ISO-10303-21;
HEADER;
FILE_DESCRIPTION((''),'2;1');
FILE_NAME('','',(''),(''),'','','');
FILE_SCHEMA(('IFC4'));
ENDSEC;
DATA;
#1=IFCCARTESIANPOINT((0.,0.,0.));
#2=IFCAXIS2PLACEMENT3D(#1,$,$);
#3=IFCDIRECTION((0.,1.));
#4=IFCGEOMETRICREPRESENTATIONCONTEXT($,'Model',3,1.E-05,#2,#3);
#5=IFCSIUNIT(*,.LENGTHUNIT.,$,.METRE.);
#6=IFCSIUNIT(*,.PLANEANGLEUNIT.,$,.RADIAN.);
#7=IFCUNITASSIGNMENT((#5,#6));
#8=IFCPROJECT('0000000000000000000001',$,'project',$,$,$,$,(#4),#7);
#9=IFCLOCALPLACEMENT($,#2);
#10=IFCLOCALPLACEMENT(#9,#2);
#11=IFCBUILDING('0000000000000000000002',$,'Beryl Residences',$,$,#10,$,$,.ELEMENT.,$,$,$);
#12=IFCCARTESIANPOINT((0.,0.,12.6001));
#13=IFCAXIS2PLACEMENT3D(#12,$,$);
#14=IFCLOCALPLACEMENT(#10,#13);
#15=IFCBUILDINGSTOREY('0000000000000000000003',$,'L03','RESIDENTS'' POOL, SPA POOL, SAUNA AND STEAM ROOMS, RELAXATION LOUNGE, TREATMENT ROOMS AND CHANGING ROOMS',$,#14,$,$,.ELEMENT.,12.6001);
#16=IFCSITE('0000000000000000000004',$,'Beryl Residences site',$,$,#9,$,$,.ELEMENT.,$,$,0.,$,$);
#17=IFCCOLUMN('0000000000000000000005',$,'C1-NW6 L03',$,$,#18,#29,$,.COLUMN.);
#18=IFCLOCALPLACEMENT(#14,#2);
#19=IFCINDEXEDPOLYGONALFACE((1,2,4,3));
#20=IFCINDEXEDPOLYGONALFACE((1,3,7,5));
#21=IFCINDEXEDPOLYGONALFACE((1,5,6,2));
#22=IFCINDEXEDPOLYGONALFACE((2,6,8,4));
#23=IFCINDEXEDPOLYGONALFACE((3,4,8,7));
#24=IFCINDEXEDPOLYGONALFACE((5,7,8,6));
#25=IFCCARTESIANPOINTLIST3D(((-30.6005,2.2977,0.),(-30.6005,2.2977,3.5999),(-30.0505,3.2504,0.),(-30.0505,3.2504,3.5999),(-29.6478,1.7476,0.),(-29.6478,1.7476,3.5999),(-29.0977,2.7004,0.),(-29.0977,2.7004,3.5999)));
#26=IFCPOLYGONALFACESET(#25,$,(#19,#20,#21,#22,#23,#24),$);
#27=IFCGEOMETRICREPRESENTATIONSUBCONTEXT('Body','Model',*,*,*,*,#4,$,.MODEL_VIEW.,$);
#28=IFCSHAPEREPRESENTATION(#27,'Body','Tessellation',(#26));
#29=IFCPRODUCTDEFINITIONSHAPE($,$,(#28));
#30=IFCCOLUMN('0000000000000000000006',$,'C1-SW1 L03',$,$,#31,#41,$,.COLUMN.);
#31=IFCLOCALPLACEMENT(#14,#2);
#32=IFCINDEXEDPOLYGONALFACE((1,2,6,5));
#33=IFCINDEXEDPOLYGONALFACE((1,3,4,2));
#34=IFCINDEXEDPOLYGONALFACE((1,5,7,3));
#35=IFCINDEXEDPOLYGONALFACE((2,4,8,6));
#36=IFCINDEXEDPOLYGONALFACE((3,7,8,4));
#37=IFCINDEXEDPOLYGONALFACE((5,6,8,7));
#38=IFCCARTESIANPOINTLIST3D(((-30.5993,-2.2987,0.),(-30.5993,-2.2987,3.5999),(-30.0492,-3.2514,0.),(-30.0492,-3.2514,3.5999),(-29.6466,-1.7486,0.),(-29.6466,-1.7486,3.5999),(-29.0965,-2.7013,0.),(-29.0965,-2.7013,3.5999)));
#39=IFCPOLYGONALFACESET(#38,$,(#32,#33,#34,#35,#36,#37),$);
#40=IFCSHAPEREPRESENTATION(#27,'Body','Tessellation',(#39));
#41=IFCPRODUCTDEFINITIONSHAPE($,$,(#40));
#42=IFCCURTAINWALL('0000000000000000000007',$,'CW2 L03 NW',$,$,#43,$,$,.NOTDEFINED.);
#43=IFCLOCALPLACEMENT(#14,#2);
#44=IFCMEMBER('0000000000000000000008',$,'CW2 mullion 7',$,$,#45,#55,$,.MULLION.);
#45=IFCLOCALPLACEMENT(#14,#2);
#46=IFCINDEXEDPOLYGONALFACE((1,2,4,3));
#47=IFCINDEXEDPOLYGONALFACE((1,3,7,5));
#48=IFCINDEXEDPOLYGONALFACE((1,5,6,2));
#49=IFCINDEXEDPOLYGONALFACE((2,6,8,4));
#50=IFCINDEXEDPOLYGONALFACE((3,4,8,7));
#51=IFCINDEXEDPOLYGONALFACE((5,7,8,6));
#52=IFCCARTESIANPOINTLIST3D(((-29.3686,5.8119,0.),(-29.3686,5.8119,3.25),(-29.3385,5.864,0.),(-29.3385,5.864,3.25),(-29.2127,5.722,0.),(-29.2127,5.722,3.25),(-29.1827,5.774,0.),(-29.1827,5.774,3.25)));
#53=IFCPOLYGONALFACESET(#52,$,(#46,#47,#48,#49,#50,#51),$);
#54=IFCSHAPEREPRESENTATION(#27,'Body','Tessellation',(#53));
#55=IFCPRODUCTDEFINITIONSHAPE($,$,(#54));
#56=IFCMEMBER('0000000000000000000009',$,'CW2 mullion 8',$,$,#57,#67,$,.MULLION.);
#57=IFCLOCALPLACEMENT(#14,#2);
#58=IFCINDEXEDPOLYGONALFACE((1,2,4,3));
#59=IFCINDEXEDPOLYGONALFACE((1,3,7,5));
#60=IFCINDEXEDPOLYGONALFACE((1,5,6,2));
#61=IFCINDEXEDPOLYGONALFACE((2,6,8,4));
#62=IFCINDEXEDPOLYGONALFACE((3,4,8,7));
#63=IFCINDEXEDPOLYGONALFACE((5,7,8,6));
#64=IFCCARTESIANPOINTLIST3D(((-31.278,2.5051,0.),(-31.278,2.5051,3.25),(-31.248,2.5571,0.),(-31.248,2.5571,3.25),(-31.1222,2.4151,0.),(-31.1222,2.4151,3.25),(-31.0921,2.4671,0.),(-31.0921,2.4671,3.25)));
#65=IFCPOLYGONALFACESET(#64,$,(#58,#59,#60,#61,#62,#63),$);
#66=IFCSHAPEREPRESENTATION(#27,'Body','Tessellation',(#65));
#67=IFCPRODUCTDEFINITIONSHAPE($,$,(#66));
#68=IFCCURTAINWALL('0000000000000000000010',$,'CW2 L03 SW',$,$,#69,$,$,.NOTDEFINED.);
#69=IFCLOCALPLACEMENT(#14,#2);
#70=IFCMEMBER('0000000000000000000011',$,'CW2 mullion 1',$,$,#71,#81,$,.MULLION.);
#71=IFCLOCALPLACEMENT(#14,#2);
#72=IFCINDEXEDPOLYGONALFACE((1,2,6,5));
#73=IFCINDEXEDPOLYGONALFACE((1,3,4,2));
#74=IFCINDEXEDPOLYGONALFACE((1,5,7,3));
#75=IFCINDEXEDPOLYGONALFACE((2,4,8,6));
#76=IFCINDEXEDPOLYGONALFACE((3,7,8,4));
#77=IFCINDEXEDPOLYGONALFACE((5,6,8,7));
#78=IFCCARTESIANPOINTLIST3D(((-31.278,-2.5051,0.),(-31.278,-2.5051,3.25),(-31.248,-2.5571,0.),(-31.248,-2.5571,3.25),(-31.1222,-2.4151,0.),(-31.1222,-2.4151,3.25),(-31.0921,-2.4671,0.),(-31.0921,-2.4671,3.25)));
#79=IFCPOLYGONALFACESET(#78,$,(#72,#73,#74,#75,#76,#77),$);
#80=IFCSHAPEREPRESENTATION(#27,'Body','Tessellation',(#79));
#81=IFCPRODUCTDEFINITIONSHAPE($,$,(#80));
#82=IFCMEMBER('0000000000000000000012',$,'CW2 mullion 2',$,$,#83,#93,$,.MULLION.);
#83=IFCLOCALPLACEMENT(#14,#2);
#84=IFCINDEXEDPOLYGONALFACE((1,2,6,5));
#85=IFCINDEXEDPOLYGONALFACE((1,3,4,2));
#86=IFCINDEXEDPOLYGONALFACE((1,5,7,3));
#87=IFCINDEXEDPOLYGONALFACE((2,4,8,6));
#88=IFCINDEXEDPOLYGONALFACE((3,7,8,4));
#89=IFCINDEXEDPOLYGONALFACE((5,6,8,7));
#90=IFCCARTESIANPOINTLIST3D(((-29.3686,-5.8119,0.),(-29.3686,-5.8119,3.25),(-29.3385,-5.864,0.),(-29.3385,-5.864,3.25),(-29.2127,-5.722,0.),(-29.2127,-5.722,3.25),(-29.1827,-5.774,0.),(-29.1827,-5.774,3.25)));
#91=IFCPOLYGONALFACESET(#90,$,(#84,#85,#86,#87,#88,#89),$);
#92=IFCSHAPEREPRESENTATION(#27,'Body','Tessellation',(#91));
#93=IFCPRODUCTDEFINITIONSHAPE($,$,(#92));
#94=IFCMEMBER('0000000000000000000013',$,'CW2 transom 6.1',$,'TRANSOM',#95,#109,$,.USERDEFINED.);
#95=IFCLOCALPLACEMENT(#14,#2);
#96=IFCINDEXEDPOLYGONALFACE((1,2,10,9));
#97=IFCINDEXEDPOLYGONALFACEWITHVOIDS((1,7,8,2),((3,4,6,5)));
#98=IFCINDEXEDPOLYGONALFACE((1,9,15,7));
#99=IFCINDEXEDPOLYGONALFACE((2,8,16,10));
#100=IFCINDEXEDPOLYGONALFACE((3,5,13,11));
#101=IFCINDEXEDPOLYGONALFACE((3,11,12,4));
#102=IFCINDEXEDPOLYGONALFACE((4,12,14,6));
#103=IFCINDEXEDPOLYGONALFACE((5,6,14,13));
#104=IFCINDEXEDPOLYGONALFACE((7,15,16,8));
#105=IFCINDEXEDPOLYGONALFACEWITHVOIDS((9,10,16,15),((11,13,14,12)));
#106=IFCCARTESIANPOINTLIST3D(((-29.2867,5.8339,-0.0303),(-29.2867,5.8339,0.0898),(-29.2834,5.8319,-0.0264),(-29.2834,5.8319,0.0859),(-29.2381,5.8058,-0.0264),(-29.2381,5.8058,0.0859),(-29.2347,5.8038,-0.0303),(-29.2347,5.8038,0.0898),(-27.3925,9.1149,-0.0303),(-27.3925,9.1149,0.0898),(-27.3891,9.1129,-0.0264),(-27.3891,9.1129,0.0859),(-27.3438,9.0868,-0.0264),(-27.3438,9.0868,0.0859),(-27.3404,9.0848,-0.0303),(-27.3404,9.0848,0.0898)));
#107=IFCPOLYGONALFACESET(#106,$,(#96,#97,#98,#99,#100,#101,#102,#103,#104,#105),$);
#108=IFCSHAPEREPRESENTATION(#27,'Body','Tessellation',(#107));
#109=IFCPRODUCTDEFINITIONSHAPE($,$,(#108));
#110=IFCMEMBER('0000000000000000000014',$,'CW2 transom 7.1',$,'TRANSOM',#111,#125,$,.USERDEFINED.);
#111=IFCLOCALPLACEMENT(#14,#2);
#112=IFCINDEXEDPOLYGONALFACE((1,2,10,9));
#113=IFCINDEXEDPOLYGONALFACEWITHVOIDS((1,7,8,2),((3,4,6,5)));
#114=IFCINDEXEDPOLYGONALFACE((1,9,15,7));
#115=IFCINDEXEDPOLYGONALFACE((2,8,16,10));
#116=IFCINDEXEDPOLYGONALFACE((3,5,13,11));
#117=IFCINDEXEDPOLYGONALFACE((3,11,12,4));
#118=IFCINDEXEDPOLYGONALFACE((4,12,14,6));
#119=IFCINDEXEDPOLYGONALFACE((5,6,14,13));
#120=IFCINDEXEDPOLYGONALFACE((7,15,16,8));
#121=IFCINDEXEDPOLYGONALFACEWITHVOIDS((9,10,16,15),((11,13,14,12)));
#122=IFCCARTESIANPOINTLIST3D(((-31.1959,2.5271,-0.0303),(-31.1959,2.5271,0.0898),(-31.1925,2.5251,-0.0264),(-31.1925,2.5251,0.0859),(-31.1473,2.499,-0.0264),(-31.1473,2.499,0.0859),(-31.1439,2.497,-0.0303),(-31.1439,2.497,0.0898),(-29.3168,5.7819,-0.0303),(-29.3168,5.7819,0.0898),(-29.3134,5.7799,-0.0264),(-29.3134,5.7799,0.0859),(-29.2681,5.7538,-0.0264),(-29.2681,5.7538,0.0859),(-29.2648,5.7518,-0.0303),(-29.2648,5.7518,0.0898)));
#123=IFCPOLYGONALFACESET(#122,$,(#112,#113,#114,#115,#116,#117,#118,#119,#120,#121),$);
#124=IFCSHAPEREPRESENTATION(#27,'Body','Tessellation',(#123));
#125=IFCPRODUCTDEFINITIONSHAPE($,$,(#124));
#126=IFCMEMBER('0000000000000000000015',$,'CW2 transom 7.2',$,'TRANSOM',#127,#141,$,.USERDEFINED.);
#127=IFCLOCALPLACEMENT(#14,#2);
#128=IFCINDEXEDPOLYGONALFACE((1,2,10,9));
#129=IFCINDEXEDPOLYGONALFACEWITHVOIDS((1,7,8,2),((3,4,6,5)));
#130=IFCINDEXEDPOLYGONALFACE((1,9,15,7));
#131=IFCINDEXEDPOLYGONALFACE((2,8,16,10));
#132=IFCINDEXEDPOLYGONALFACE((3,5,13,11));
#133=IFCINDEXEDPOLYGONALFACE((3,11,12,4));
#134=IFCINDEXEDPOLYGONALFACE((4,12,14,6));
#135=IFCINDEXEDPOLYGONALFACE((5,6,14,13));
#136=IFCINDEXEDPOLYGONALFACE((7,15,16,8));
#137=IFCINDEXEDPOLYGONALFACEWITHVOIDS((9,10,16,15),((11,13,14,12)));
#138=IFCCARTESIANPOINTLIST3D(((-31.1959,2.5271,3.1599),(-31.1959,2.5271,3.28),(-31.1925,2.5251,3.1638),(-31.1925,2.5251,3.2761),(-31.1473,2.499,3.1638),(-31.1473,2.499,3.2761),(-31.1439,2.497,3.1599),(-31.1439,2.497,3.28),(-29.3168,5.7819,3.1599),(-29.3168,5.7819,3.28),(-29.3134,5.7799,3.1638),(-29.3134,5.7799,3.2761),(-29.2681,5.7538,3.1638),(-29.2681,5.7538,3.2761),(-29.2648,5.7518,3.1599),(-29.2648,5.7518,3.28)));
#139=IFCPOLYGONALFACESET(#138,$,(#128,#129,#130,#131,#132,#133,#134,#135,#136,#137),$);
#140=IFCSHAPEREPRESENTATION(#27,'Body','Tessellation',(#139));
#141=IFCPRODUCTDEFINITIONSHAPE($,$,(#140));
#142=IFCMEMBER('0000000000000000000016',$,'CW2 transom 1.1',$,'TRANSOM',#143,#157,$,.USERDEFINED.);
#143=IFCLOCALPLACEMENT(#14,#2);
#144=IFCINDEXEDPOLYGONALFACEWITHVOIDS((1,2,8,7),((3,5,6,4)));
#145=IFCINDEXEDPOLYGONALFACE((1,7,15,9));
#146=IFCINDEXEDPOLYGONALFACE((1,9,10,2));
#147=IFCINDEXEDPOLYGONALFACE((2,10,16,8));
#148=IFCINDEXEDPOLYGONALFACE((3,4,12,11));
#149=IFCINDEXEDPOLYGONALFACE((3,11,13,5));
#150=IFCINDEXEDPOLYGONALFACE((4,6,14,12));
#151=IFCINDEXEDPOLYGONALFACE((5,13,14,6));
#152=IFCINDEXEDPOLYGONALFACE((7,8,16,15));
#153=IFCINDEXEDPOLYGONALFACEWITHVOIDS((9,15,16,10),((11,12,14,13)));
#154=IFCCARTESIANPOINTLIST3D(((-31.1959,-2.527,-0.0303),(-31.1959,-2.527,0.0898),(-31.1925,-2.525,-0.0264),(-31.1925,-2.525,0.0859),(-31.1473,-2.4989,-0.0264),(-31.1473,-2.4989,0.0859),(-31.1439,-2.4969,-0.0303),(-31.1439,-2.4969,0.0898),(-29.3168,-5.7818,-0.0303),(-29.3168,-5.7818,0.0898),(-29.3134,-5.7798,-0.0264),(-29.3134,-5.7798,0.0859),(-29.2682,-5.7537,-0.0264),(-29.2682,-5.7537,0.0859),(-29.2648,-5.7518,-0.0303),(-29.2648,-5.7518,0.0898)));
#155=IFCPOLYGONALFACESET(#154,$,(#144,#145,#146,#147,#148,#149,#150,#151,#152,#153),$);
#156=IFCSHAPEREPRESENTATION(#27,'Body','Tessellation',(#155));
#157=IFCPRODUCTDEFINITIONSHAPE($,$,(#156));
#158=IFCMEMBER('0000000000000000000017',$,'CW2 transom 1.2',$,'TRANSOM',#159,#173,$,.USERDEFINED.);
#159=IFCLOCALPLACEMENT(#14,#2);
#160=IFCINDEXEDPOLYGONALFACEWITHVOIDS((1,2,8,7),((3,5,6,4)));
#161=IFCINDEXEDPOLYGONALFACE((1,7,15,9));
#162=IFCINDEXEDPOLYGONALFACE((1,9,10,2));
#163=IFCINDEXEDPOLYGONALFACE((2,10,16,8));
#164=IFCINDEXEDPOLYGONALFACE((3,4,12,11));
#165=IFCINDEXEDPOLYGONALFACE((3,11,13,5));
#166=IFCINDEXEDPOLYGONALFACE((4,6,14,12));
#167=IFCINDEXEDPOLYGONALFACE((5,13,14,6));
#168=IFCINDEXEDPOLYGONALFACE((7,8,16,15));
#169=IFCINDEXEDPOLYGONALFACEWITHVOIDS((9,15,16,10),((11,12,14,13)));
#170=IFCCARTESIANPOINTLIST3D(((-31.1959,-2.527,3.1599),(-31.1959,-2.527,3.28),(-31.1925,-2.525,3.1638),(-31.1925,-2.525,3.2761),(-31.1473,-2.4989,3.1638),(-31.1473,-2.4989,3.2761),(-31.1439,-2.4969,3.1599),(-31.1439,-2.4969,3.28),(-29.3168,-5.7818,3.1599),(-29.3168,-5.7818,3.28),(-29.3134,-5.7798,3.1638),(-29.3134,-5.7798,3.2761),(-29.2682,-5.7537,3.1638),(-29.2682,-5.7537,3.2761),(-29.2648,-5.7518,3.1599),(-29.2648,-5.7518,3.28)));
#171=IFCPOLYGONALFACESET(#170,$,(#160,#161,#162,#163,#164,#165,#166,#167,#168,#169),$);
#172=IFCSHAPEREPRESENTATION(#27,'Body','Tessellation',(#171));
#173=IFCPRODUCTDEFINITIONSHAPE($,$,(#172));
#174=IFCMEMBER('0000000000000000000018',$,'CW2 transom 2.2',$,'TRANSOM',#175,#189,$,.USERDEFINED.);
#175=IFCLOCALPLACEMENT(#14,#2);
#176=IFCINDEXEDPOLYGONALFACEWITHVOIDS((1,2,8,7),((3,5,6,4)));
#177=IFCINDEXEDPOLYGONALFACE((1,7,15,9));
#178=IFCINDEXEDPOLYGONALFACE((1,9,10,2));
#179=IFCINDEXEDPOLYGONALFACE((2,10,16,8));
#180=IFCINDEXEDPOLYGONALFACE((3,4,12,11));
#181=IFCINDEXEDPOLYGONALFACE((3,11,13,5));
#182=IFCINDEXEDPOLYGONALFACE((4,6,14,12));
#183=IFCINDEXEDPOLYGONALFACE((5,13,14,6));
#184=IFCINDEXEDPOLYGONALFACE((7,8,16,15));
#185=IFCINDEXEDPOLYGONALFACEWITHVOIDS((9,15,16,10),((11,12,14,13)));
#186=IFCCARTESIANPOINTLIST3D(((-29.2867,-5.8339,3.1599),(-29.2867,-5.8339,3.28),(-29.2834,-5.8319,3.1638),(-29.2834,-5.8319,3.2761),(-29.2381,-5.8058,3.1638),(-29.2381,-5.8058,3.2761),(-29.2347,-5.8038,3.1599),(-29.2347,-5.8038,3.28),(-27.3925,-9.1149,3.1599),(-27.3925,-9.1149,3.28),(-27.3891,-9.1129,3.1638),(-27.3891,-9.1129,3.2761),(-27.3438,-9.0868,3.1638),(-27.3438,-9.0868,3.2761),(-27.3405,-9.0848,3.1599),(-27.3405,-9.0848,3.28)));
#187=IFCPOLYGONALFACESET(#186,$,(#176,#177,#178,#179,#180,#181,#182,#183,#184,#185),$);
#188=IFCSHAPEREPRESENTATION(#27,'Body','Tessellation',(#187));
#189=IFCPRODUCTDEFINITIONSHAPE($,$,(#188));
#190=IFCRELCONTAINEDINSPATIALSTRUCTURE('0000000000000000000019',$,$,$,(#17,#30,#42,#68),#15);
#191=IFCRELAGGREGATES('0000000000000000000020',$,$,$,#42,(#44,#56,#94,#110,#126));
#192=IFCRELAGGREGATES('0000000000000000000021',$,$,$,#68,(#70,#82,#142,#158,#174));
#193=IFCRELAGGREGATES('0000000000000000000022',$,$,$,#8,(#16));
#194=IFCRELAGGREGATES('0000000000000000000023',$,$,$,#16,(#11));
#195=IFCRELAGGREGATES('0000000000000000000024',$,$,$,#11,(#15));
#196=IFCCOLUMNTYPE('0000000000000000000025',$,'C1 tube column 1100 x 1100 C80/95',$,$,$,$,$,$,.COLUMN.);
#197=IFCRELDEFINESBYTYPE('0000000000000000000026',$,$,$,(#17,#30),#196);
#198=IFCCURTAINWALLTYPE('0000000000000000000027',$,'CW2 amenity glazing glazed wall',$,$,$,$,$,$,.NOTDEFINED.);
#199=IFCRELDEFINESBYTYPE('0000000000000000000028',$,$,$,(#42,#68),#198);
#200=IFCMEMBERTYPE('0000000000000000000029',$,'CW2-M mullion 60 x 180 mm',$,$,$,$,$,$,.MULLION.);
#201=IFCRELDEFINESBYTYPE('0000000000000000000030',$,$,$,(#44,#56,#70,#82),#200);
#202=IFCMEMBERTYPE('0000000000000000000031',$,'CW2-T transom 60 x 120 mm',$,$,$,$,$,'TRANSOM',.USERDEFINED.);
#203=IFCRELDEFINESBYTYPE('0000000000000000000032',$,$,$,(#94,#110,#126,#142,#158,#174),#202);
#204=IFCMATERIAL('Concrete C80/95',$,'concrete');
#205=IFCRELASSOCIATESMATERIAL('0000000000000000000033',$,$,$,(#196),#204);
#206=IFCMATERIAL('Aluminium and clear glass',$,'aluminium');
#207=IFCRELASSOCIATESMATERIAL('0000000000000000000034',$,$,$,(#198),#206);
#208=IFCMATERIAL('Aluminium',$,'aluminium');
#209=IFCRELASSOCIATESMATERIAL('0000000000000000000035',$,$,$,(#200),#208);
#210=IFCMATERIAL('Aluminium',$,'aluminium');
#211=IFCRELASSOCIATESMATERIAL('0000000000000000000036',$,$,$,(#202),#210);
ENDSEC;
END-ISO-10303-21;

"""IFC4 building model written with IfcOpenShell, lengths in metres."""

from ifc_helpers import new_model, si_unit, direction, frame, origin, origin_2d, place, context, subcontext, project, spatial, rectangle, hollow_rectangle, extrude, material, material_profile, profile_set, type_object, element, aggregate, save


model = new_model("IFC4")

# Units and contexts
model_context = context("Model", 3, precision=1e-05, world=origin(), true_north=direction((0.0, 1.0)))
body_context = subcontext(model_context, "Body", "Model", "MODEL_VIEW")
ifc_project = project(units=[si_unit("LENGTHUNIT", "METRE"), si_unit("PLANEANGLEUNIT", "RADIAN")], contexts=[model_context])

# Site, building, storey
site_placement = place(None, origin())
site = spatial("IfcSite", under=ifc_project, at=site_placement, Name="Beryl Residences site", CompositionType="ELEMENT", RefElevation=0.0)
building_placement = place(site_placement, origin())
building = spatial("IfcBuilding", under=site, at=building_placement, Name="Beryl Residences", CompositionType="ELEMENT")
storey_placement = place(building_placement, frame((0.0, 0.0, 12.6001)))
storey = spatial("IfcBuildingStorey", under=building, at=storey_placement, Name="L03", Description="RESIDENTS' POOL, SPA POOL, SAUNA AND STEAM ROOMS, RELAXATION LOUNGE, TREATMENT ROOMS AND CHANGING ROOMS", CompositionType="ELEMENT", Elevation=12.6001)

# Columns
ifc_material_1 = material(Name="Concrete C80/95", Category="concrete")
ifc_material_profile_1 = material_profile(ifc_material_1, rectangle(XDim=1.1001, YDim=1.1001, at=origin_2d()))
ifc_profile_set_1 = profile_set([ifc_material_profile_1], Name="Concrete C80/95")
column_type = type_object("IfcColumnType", Name="C1 tube column 1100 x 1100 C80/95", PredefinedType="COLUMN", material=ifc_profile_set_1)
for number, where, z_axis, x_axis, name in (
    (1, (-29.8491, 2.499, 0.0), (0.0, 0.0, 1.0), (-0.499985, -0.866034, 0.0), "C1-NW6 L03"),
    (2, (-29.8479, -2.5, 0.0), (0.0, 0.0, 1.0), (0.499985, -0.866034, 0.0), "C1-SW1 L03"),
):
    element("IfcColumn", number, at=place(storey_placement, frame(where, z_axis=z_axis, x_axis=x_axis)), inside=storey, type_object=column_type, Name=name, PredefinedType="COLUMN", context=body_context, shape_type="SweptSolid", body=[
        extrude(rectangle(XDim=1.1001, YDim=1.1001, at=origin_2d()), origin(), (0.0, 0.0, 1.0), 3.5999),
    ])

# Curtain walls, members
ifc_material_2 = material(Name="Aluminium and clear glass", Category="aluminium")
curtain_wall_type = type_object("IfcCurtainWallType", Name="CW2 amenity glazing glazed wall", PredefinedType="NOTDEFINED", material=ifc_material_2)
curtain_wall_1_placement = place(storey_placement, origin())
curtain_wall_1 = element("IfcCurtainWall", 3, at=curtain_wall_1_placement, inside=storey, type_object=curtain_wall_type, Name="CW2 L03 NW", PredefinedType="NOTDEFINED")
ifc_material_3 = material(Name="Aluminium", Category="aluminium")
ifc_material_profile_2 = material_profile(ifc_material_3, rectangle(XDim=0.0601, YDim=0.1799, at=origin_2d()))
ifc_profile_set_2 = profile_set([ifc_material_profile_2], Name="Aluminium")
member_type_1 = type_object("IfcMemberType", Name="CW2-M mullion 60 x 180 mm", PredefinedType="MULLION", material=ifc_profile_set_2)
member_1_placement = place(storey_placement, frame((-29.2756, 5.793, 0.0), z_axis=(0.0, 0.0, 1.0), x_axis=(-0.500012, -0.866019, 0.0)))
member_1 = element("IfcMember", 4, at=member_1_placement, type_object=member_type_1, Name="CW2 mullion 7", PredefinedType="MULLION", context=body_context, shape_type="SweptSolid", body=[
    extrude(rectangle(XDim=0.0601, YDim=0.1799, at=origin_2d()), origin(), (0.0, 0.0, 1.0), 3.25),
])
member_2_placement = place(storey_placement, frame((-31.1851, 2.4861, 0.0), z_axis=(0.0, 0.0, 1.0), x_axis=(-0.500012, -0.866019, 0.0)))
member_2 = element("IfcMember", 5, at=member_2_placement, type_object=member_type_1, Name="CW2 mullion 8", PredefinedType="MULLION", context=body_context, shape_type="SweptSolid", body=[
    extrude(rectangle(XDim=0.0601, YDim=0.1799, at=origin_2d()), origin(), (0.0, 0.0, 1.0), 3.25),
])
curtain_wall_2_placement = place(storey_placement, origin())
curtain_wall_2 = element("IfcCurtainWall", 6, at=curtain_wall_2_placement, inside=storey, type_object=curtain_wall_type, Name="CW2 L03 SW", PredefinedType="NOTDEFINED")
member_3_placement = place(storey_placement, frame((-31.1851, -2.4861, 0.0), z_axis=(0.0, 0.0, 1.0), x_axis=(0.500012, -0.866019, 0.0)))
member_3 = element("IfcMember", 7, at=member_3_placement, type_object=member_type_1, Name="CW2 mullion 1", PredefinedType="MULLION", context=body_context, shape_type="SweptSolid", body=[
    extrude(rectangle(XDim=0.0601, YDim=0.1799, at=origin_2d()), origin(), (0.0, 0.0, 1.0), 3.25),
])
member_4_placement = place(storey_placement, frame((-29.2756, -5.793, 0.0), z_axis=(0.0, 0.0, 1.0), x_axis=(0.500012, -0.866019, 0.0)))
member_4 = element("IfcMember", 8, at=member_4_placement, type_object=member_type_1, Name="CW2 mullion 2", PredefinedType="MULLION", context=body_context, shape_type="SweptSolid", body=[
    extrude(rectangle(XDim=0.0601, YDim=0.1799, at=origin_2d()), origin(), (0.0, 0.0, 1.0), 3.25),
])

# Members
ifc_material_4 = material(Name="Aluminium", Category="aluminium")
ifc_material_profile_3 = material_profile(ifc_material_4, hollow_rectangle(XDim=0.0601, YDim=0.1201, WallThickness=0.0039, at=origin_2d()))
ifc_profile_set_3 = profile_set([ifc_material_profile_3], Name="Aluminium")
member_type_2 = type_object("IfcMemberType", Name="CW2-T transom 60 x 120 mm", ElementType="TRANSOM", PredefinedType="USERDEFINED", material=ifc_profile_set_3)
member_5_placement = place(storey_placement, frame((-27.3665, 9.0999, 0.0298), z_axis=(-0.5, -0.866026, 0.0), x_axis=(0.866026, -0.5, 0.0)))
member_5 = element("IfcMember", 9, at=member_5_placement, type_object=member_type_2, Name="CW2 transom 6.1", ObjectType="TRANSOM", PredefinedType="USERDEFINED", context=body_context, shape_type="SweptSolid", body=[
    extrude(hollow_rectangle(XDim=0.0601, YDim=0.1201, WallThickness=0.0039, at=origin_2d()), origin(), (0.0, 0.0, 1.0), 3.7886),
])
member_6_placement = place(storey_placement, frame((-29.2908, 5.7668, 0.0298), z_axis=(-0.499989, -0.866032, 0.0), x_axis=(0.866032, -0.499989, 0.0)))
member_6 = element("IfcMember", 10, at=member_6_placement, type_object=member_type_2, Name="CW2 transom 7.1", ObjectType="TRANSOM", PredefinedType="USERDEFINED", context=body_context, shape_type="SweptSolid", body=[
    extrude(hollow_rectangle(XDim=0.0601, YDim=0.1201, WallThickness=0.0039, at=origin_2d()), origin(), (0.0, 0.0, 1.0), 3.7583),
])
member_7_placement = place(storey_placement, frame((-29.2908, 5.7668, 3.22), z_axis=(-0.499989, -0.866032, 0.0), x_axis=(0.866032, -0.499989, 0.0)))
member_7 = element("IfcMember", 11, at=member_7_placement, type_object=member_type_2, Name="CW2 transom 7.2", ObjectType="TRANSOM", PredefinedType="USERDEFINED", context=body_context, shape_type="SweptSolid", body=[
    extrude(hollow_rectangle(XDim=0.0601, YDim=0.1201, WallThickness=0.0039, at=origin_2d()), origin(), (0.0, 0.0, 1.0), 3.7583),
])
member_8_placement = place(storey_placement, frame((-31.1699, -2.512, 0.0298), z_axis=(0.499989, -0.866032, 0.0), x_axis=(0.866032, 0.499989, 0.0)))
member_8 = element("IfcMember", 12, at=member_8_placement, type_object=member_type_2, Name="CW2 transom 1.1", ObjectType="TRANSOM", PredefinedType="USERDEFINED", context=body_context, shape_type="SweptSolid", body=[
    extrude(hollow_rectangle(XDim=0.0601, YDim=0.1201, WallThickness=0.0039, at=origin_2d()), origin(), (0.0, 0.0, 1.0), 3.7583),
])
member_9_placement = place(storey_placement, frame((-31.1699, -2.512, 3.22), z_axis=(0.499989, -0.866032, 0.0), x_axis=(0.866032, 0.499989, 0.0)))
member_9 = element("IfcMember", 13, at=member_9_placement, type_object=member_type_2, Name="CW2 transom 1.2", ObjectType="TRANSOM", PredefinedType="USERDEFINED", context=body_context, shape_type="SweptSolid", body=[
    extrude(hollow_rectangle(XDim=0.0601, YDim=0.1201, WallThickness=0.0039, at=origin_2d()), origin(), (0.0, 0.0, 1.0), 3.7583),
])
member_10_placement = place(storey_placement, frame((-29.2607, -5.8188, 3.22), z_axis=(0.5, -0.866026, 0.0), x_axis=(0.866026, 0.5, 0.0)))
member_10 = element("IfcMember", 14, at=member_10_placement, type_object=member_type_2, Name="CW2 transom 2.2", ObjectType="TRANSOM", PredefinedType="USERDEFINED", context=body_context, shape_type="SweptSolid", body=[
    extrude(hollow_rectangle(XDim=0.0601, YDim=0.1201, WallThickness=0.0039, at=origin_2d()), origin(), (0.0, 0.0, 1.0), 3.7886),
])

aggregate(curtain_wall_1, [member_1, member_2, member_5, member_6, member_7])
aggregate(curtain_wall_2, [member_3, member_4, member_8, member_9, member_10])

save(model, "model.ifc")
